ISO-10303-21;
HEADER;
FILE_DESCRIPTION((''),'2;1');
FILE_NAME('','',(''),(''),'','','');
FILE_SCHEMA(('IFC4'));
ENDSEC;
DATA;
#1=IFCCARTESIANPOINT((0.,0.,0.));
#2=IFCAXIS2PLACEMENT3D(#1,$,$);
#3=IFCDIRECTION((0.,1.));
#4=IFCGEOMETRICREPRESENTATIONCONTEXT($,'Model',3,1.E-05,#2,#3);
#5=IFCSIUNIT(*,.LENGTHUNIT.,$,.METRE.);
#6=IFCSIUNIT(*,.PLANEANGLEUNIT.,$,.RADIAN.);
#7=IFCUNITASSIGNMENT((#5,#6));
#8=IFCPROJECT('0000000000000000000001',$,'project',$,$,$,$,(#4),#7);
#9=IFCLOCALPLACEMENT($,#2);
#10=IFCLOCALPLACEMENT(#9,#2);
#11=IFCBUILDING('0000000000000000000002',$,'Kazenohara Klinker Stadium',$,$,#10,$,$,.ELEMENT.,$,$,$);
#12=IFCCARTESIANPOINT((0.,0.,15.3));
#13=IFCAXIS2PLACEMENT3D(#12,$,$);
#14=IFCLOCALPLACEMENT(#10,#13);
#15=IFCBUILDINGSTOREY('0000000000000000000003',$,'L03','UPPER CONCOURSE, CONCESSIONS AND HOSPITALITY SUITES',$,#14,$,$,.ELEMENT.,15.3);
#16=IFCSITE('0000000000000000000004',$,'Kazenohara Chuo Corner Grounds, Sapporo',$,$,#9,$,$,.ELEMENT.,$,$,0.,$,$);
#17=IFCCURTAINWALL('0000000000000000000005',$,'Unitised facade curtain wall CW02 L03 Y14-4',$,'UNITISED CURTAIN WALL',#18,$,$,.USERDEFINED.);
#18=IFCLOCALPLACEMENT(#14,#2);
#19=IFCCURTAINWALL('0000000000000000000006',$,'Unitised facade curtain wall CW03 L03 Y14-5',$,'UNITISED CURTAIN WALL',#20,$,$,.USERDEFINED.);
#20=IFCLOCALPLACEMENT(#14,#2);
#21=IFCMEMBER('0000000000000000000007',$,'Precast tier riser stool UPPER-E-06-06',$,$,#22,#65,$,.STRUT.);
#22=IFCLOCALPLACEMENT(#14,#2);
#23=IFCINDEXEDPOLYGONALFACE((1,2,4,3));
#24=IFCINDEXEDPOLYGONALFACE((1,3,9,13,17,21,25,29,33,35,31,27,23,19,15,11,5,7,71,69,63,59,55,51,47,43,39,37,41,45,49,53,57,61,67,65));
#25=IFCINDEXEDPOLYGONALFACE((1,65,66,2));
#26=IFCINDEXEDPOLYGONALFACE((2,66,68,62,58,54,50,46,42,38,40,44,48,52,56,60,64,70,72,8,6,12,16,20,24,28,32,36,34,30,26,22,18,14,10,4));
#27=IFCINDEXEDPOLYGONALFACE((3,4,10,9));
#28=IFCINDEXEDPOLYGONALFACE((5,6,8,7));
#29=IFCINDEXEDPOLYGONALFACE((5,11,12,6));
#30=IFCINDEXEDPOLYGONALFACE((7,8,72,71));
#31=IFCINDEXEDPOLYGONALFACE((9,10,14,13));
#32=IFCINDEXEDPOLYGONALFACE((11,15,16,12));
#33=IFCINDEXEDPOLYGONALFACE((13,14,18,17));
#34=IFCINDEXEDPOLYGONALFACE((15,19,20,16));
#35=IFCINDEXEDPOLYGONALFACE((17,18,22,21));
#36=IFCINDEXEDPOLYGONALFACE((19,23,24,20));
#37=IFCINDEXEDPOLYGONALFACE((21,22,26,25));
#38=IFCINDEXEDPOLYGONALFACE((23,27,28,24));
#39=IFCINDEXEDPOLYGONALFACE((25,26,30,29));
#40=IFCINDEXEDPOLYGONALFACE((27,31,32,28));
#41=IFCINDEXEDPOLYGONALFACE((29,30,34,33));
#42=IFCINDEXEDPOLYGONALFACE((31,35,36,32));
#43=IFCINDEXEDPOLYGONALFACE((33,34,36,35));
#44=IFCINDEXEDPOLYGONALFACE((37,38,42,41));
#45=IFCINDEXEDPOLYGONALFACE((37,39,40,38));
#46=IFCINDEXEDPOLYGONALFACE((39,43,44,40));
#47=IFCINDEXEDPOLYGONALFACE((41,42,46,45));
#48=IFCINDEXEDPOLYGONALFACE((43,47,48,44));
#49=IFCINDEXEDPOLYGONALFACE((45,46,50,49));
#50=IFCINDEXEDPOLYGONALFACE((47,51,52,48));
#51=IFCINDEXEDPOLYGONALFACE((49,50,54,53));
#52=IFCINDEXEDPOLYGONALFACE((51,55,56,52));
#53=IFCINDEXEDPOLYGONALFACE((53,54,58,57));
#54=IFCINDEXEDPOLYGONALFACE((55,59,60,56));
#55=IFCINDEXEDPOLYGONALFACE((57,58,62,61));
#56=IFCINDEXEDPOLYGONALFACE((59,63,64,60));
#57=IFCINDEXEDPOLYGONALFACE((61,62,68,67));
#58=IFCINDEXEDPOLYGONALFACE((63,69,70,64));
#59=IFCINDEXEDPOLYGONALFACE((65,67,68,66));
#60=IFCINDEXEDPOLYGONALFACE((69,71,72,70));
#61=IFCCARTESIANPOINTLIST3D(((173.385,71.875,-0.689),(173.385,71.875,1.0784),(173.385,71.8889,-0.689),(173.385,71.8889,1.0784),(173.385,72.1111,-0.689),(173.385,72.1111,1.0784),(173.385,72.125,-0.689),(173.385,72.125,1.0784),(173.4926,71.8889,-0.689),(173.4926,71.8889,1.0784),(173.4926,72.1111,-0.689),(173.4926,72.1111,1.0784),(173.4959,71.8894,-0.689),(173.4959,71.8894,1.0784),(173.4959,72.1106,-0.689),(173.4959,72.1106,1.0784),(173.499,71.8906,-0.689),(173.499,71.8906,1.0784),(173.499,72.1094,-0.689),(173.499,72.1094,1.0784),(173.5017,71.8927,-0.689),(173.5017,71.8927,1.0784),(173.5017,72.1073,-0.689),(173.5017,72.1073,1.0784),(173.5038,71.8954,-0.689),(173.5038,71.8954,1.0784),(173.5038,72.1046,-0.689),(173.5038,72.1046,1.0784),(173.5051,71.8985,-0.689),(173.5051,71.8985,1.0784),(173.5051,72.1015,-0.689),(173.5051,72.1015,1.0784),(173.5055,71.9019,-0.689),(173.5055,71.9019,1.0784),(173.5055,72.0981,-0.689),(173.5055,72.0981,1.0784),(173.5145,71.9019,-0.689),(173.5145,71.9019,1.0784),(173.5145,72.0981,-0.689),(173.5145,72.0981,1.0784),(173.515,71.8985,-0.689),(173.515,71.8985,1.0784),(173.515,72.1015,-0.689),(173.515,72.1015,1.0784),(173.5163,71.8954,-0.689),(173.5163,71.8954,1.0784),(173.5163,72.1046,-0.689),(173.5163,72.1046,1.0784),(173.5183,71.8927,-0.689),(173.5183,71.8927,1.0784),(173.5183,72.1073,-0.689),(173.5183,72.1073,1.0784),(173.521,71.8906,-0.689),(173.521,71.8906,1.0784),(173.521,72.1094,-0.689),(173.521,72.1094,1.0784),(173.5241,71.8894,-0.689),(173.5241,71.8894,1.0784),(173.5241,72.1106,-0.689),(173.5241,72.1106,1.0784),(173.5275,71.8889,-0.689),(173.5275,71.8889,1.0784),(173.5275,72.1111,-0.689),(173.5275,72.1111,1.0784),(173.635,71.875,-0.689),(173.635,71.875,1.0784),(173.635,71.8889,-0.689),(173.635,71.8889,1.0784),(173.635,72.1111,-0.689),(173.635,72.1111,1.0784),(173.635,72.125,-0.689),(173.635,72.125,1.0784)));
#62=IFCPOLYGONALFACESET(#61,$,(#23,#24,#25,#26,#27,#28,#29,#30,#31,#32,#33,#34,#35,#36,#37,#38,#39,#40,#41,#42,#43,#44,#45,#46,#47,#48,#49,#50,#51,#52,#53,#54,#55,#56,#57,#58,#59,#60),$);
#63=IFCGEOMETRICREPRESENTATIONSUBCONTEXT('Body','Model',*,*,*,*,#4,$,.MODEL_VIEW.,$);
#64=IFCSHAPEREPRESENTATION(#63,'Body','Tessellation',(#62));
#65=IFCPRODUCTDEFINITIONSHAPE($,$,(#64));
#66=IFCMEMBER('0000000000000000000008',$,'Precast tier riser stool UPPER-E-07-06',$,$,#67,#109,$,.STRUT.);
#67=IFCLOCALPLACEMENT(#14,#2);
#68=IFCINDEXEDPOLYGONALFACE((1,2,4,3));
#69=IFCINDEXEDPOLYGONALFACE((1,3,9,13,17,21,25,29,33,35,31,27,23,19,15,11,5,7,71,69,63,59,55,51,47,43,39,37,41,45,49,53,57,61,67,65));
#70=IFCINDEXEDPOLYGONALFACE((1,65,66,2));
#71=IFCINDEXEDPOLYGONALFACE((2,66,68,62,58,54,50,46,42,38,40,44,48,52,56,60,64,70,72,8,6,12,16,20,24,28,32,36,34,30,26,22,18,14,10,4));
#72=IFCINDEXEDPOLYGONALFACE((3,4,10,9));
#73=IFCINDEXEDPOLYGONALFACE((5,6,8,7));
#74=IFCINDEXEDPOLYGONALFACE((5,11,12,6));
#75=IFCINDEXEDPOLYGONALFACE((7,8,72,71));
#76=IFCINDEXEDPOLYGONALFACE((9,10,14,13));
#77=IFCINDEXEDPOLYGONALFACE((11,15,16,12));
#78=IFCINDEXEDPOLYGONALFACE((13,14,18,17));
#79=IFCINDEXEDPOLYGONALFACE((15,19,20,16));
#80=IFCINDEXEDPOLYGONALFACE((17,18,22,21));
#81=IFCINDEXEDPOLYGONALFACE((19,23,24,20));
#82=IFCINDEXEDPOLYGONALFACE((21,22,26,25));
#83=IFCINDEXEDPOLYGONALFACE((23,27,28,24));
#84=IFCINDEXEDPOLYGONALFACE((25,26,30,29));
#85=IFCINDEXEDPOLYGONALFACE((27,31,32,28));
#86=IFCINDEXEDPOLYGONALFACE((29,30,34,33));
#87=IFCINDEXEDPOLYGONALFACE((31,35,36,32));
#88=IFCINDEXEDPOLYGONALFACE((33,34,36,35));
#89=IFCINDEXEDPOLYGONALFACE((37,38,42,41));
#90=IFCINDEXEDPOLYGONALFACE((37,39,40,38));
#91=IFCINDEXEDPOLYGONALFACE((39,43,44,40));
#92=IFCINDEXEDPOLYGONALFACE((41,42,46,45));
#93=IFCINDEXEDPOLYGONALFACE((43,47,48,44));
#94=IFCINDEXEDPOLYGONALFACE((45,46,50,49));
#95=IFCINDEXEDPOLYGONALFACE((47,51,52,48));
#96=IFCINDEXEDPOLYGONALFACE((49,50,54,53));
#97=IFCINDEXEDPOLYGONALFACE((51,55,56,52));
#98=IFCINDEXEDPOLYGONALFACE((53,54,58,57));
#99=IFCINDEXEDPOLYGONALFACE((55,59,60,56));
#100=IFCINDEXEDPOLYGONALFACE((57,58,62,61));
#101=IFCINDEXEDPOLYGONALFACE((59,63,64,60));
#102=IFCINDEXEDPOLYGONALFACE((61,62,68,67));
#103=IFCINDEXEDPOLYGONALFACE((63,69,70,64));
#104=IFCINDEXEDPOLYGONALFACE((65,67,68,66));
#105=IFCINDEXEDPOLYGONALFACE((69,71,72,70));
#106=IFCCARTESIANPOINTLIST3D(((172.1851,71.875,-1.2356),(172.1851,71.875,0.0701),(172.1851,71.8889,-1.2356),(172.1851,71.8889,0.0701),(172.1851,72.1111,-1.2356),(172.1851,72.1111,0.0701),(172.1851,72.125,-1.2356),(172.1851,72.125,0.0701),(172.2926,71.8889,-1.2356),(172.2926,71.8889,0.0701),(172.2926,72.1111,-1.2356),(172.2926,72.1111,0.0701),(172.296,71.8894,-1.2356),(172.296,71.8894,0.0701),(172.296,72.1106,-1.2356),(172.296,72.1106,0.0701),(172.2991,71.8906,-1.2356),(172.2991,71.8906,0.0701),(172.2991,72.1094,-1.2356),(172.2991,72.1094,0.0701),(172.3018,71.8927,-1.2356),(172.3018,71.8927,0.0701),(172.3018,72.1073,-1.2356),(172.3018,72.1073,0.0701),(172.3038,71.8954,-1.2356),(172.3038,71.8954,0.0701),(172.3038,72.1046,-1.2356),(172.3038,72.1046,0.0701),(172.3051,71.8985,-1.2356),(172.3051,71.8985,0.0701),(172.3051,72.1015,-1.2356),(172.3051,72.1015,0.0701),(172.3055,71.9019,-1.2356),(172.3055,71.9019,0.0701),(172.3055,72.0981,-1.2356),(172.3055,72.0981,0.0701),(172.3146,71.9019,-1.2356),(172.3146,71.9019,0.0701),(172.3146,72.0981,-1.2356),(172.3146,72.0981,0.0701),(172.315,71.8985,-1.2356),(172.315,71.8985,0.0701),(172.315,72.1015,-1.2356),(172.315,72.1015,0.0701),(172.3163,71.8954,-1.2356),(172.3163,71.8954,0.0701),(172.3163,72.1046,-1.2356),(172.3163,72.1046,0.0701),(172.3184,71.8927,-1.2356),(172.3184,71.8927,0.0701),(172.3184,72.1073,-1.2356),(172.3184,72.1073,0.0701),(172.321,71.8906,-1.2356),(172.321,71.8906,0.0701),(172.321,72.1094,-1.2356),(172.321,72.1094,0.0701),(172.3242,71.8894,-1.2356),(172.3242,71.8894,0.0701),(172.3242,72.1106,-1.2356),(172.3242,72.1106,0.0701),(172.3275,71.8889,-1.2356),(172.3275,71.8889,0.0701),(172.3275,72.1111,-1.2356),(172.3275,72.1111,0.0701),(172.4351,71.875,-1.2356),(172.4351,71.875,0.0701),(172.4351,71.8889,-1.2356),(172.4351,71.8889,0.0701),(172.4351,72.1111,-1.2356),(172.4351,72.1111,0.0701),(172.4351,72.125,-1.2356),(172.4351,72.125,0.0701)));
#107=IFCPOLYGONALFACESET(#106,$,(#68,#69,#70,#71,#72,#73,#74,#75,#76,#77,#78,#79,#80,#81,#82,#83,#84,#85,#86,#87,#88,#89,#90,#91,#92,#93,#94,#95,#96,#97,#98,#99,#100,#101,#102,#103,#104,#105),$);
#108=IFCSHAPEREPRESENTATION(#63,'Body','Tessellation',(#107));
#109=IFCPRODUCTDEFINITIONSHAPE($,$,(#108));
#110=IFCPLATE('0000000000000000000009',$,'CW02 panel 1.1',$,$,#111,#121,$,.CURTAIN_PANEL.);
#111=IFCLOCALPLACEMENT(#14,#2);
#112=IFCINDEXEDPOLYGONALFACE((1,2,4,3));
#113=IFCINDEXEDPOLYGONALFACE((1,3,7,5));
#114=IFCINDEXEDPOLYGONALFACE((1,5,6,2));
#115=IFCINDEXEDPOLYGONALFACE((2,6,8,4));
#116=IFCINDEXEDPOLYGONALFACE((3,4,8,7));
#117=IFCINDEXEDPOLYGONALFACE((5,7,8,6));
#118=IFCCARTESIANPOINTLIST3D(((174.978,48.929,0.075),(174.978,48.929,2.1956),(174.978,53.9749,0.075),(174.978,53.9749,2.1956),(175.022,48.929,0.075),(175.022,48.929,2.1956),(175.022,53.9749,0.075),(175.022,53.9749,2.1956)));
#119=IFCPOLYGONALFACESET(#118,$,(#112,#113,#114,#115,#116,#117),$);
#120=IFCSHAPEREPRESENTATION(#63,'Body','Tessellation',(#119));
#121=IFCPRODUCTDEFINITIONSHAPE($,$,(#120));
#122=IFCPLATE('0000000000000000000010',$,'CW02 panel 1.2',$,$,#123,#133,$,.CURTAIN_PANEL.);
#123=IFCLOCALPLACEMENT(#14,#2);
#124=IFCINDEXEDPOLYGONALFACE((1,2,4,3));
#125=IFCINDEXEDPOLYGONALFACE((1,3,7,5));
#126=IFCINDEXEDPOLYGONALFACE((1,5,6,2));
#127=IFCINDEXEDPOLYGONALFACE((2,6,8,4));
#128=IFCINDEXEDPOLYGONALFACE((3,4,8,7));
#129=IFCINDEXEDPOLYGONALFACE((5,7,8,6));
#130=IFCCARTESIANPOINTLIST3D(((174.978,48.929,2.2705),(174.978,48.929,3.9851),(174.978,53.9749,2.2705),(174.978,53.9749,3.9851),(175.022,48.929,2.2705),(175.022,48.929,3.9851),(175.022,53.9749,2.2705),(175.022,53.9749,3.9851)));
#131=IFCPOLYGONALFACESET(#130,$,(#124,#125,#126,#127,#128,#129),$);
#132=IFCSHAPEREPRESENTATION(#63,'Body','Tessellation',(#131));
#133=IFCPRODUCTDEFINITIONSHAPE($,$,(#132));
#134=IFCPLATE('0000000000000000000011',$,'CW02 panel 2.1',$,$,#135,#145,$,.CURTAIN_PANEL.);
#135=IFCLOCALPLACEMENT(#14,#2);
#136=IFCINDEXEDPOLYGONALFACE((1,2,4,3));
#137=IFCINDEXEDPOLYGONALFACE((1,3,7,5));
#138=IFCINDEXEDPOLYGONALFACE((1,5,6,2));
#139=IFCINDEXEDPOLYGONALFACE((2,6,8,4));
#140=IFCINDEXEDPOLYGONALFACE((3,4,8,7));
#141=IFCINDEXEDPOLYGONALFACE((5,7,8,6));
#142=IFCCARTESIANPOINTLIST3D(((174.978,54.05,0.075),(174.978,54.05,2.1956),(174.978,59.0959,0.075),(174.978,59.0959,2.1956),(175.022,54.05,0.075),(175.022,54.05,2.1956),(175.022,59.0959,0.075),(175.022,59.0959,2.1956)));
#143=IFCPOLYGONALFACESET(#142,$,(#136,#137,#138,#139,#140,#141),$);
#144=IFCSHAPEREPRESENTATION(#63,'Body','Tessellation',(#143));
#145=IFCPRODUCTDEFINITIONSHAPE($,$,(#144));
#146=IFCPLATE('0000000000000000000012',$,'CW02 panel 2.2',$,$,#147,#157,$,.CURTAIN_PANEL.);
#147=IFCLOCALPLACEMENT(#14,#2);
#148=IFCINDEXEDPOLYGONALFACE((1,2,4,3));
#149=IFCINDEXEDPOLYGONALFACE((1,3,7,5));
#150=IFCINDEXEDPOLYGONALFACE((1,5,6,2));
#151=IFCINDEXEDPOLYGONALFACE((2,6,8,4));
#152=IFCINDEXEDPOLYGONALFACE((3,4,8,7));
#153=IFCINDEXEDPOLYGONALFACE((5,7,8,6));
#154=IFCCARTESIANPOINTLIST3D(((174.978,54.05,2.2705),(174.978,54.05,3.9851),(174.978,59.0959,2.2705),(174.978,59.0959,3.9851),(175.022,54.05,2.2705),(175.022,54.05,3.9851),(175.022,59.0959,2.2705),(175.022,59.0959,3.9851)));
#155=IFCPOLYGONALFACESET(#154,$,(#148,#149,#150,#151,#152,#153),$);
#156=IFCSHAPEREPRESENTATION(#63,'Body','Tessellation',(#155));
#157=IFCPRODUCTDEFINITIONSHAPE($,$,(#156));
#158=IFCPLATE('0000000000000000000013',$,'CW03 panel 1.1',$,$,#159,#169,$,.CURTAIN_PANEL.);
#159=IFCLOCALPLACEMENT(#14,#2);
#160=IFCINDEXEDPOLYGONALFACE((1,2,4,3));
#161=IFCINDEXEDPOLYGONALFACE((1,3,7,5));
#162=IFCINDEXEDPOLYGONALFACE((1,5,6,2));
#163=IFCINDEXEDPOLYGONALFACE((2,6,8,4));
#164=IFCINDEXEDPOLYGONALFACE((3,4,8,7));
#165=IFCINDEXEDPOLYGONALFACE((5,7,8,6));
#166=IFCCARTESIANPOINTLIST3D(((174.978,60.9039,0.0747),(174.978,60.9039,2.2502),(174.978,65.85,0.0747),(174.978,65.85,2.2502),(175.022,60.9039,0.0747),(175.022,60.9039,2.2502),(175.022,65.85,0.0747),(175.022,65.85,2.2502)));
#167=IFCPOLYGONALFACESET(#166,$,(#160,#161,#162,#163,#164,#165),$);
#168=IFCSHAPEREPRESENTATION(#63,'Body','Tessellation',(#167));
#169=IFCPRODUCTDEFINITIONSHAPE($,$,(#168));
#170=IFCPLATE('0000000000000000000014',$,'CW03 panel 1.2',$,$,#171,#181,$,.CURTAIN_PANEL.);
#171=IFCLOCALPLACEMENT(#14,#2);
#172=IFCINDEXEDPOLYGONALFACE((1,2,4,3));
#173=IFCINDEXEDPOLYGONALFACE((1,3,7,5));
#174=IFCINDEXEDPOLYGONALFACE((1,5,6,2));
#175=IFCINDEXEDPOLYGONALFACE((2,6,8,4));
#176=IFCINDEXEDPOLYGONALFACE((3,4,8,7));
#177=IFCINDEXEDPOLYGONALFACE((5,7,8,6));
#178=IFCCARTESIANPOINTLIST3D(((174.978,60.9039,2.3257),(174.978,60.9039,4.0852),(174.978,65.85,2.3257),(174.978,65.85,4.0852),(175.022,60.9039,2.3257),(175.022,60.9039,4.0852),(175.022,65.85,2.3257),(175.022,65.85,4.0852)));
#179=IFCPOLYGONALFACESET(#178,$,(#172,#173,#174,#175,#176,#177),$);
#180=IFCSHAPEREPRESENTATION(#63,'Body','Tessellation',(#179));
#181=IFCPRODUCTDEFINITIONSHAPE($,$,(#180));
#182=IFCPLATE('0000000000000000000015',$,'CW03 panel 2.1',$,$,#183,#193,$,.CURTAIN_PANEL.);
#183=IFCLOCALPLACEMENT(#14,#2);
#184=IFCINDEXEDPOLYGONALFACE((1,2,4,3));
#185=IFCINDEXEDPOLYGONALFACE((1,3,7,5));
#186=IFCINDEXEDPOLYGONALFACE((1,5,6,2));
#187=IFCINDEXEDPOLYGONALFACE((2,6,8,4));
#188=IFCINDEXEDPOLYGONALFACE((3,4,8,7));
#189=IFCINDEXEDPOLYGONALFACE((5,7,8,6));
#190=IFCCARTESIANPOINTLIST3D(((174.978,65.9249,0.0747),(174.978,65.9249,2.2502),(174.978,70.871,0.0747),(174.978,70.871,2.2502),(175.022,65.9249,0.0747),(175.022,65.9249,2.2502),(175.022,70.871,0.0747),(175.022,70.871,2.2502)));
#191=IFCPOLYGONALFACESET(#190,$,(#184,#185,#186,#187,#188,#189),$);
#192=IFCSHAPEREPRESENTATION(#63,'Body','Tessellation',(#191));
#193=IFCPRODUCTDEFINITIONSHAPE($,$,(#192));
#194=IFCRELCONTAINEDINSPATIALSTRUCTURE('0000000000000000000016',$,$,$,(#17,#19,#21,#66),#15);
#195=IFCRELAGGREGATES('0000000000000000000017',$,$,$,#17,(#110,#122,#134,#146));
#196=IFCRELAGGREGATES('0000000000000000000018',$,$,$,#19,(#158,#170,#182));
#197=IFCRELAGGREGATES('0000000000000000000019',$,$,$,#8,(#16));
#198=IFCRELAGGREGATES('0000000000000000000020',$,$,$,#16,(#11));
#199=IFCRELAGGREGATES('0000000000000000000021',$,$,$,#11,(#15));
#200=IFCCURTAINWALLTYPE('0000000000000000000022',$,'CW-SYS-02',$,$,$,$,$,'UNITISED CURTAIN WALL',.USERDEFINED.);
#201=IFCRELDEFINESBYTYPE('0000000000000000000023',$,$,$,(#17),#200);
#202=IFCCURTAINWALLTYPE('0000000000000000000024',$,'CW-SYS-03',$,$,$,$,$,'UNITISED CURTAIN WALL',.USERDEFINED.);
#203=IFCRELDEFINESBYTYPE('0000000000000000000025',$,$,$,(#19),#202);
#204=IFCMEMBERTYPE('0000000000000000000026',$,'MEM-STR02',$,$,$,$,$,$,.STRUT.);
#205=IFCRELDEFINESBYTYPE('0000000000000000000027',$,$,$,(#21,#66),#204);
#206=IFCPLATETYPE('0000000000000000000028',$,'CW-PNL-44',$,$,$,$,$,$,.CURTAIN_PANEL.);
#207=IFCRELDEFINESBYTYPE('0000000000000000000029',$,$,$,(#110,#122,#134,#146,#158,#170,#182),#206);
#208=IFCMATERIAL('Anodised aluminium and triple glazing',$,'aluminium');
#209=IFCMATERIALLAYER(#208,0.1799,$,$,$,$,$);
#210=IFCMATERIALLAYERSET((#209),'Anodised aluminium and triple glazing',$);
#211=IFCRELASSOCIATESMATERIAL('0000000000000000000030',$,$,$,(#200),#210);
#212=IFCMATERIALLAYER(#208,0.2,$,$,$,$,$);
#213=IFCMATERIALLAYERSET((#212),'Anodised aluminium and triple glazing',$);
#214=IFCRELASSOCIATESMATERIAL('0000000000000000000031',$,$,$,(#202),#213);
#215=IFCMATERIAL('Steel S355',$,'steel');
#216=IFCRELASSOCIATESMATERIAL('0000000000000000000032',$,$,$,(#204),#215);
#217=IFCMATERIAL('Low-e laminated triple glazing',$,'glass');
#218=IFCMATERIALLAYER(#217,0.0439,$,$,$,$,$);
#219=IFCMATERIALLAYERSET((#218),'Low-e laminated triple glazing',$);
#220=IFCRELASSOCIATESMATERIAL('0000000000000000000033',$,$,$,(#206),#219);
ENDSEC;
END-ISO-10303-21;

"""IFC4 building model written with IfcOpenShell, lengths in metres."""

from ifc_helpers import new_model, si_unit, direction, frame, origin, origin_2d, place, context, subcontext, project, spatial, rectangle, i_section, extrude, material, layer, layer_set, material_profile, profile_set, type_object, element, aggregate, save


model = new_model("IFC4")

# Units and contexts
model_context = context("Model", 3, precision=1e-05, world=origin(), true_north=direction((0.0, 1.0)))
body_context = subcontext(model_context, "Body", "Model", "MODEL_VIEW")
ifc_project = project(units=[si_unit("LENGTHUNIT", "METRE"), si_unit("PLANEANGLEUNIT", "RADIAN")], contexts=[model_context])

# Site, building, storey
site_placement = place(None, origin())
site = spatial("IfcSite", under=ifc_project, at=site_placement, Name="Kazenohara Chuo Corner Grounds, Sapporo", CompositionType="ELEMENT", RefElevation=0.0)
building_placement = place(site_placement, origin())
building = spatial("IfcBuilding", under=site, at=building_placement, Name="Kazenohara Klinker Stadium", CompositionType="ELEMENT")
storey_placement = place(building_placement, frame((0.0, 0.0, 15.3)))
storey = spatial("IfcBuildingStorey", under=building, at=storey_placement, Name="L03", Description="UPPER CONCOURSE, CONCESSIONS AND HOSPITALITY SUITES", CompositionType="ELEMENT", Elevation=15.3)

# Shared definitions
ifc_material_1 = material(Name="Steel S355", Category="steel")

# Curtain walls
ifc_material_2 = material(Name="Anodised aluminium and triple glazing", Category="aluminium")
ifc_layer_1 = layer(ifc_material_2, 0.1799)
ifc_layer_set_1 = layer_set([ifc_layer_1], Name="Anodised aluminium and triple glazing")
curtain_wall_type_1 = type_object("IfcCurtainWallType", Name="CW-SYS-02", ElementType="UNITISED CURTAIN WALL", PredefinedType="USERDEFINED", material=ifc_layer_set_1)
curtain_wall_1_placement = place(storey_placement, origin())
curtain_wall_1 = element("IfcCurtainWall", 1, at=curtain_wall_1_placement, inside=storey, type_object=curtain_wall_type_1, Name="Unitised facade curtain wall CW02 L03 Y14-4", ObjectType="UNITISED CURTAIN WALL", PredefinedType="USERDEFINED")
ifc_layer_2 = layer(ifc_material_2, 0.2)
ifc_layer_set_2 = layer_set([ifc_layer_2], Name="Anodised aluminium and triple glazing")
curtain_wall_type_2 = type_object("IfcCurtainWallType", Name="CW-SYS-03", ElementType="UNITISED CURTAIN WALL", PredefinedType="USERDEFINED", material=ifc_layer_set_2)
curtain_wall_2_placement = place(storey_placement, origin())
curtain_wall_2 = element("IfcCurtainWall", 2, at=curtain_wall_2_placement, inside=storey, type_object=curtain_wall_type_2, Name="Unitised facade curtain wall CW03 L03 Y14-5", ObjectType="UNITISED CURTAIN WALL", PredefinedType="USERDEFINED")

# Members
ifc_material_profile_1 = material_profile(ifc_material_1, i_section(OverallWidth=0.25, OverallDepth=0.25, WebThickness=0.009, FlangeThickness=0.0139, FilletRadius=0.0129, at=origin_2d()), Name="H-250x250x9x14")
ifc_profile_set_1 = profile_set([ifc_material_profile_1], Name="Steel S355")
member_type_1 = type_object("IfcMemberType", Name="MEM-STR02", PredefinedType="STRUT", material=ifc_profile_set_1)
member_1_placement = place(storey_placement, frame((173.51, 72.0, -0.689), z_axis=(0.0, 0.0, 1.0), x_axis=(1.0, 0.0, 0.0)))
element("IfcMember", 3, at=member_1_placement, inside=storey, type_object=member_type_1, Name="Precast tier riser stool UPPER-E-06-06", PredefinedType="STRUT", context=body_context, shape_type="SweptSolid", body=[
    extrude(i_section(OverallWidth=0.25, OverallDepth=0.25, WebThickness=0.009, FlangeThickness=0.0139, FilletRadius=0.0129, at=origin_2d()), origin(), (0.0, 0.0, 1.0), 1.7673),
])
member_2_placement = place(storey_placement, frame((172.3101, 72.0, -1.2356), z_axis=(0.0, 0.0, 1.0), x_axis=(1.0, 0.0, 0.0)))
element("IfcMember", 4, at=member_2_placement, inside=storey, type_object=member_type_1, Name="Precast tier riser stool UPPER-E-07-06", PredefinedType="STRUT", context=body_context, shape_type="SweptSolid", body=[
    extrude(i_section(OverallWidth=0.25, OverallDepth=0.25, WebThickness=0.009, FlangeThickness=0.0139, FilletRadius=0.0129, at=origin_2d()), origin(), (0.0, 0.0, 1.0), 1.3057),
])

# Plates
ifc_material_3 = material(Name="Low-e laminated triple glazing", Category="glass")
ifc_layer_3 = layer(ifc_material_3, 0.0439)
ifc_layer_set_3 = layer_set([ifc_layer_3], Name="Low-e laminated triple glazing")
plate_type_1 = type_object("IfcPlateType", Name="CW-PNL-44", PredefinedType="CURTAIN_PANEL", material=ifc_layer_set_3)
plate_1_placement = place(storey_placement, frame((175.0, 51.4519, 0.075), z_axis=(0.0, 0.0, 1.0), x_axis=(0.0, 1.0, 0.0)))
plate_1 = element("IfcPlate", 5, at=plate_1_placement, type_object=plate_type_1, Name="CW02 panel 1.1", PredefinedType="CURTAIN_PANEL", context=body_context, shape_type="SweptSolid", body=[
    extrude(rectangle(XDim=5.0459, YDim=0.0439, at=origin_2d()), origin(), (0.0, 0.0, 1.0), 2.1206),
])
plate_2_placement = place(storey_placement, frame((175.0, 51.4519, 2.2705), z_axis=(0.0, 0.0, 1.0), x_axis=(0.0, 1.0, 0.0)))
plate_2 = element("IfcPlate", 6, at=plate_2_placement, type_object=plate_type_1, Name="CW02 panel 1.2", PredefinedType="CURTAIN_PANEL", context=body_context, shape_type="SweptSolid", body=[
    extrude(rectangle(XDim=5.0459, YDim=0.0439, at=origin_2d()), origin(), (0.0, 0.0, 1.0), 1.7146),
])
plate_3_placement = place(storey_placement, frame((175.0, 56.573, 0.075), z_axis=(0.0, 0.0, 1.0), x_axis=(0.0, 1.0, 0.0)))
plate_3 = element("IfcPlate", 7, at=plate_3_placement, type_object=plate_type_1, Name="CW02 panel 2.1", PredefinedType="CURTAIN_PANEL", context=body_context, shape_type="SweptSolid", body=[
    extrude(rectangle(XDim=5.0459, YDim=0.0439, at=origin_2d()), origin(), (0.0, 0.0, 1.0), 2.1206),
])
plate_4_placement = place(storey_placement, frame((175.0, 56.573, 2.2705), z_axis=(0.0, 0.0, 1.0), x_axis=(0.0, 1.0, 0.0)))
plate_4 = element("IfcPlate", 8, at=plate_4_placement, type_object=plate_type_1, Name="CW02 panel 2.2", PredefinedType="CURTAIN_PANEL", context=body_context, shape_type="SweptSolid", body=[
    extrude(rectangle(XDim=5.0459, YDim=0.0439, at=origin_2d()), origin(), (0.0, 0.0, 1.0), 1.7146),
])
aggregate(curtain_wall_1, [plate_1, plate_2, plate_3, plate_4])
plate_5_placement = place(storey_placement, frame((175.0, 63.377, 0.0747), z_axis=(0.0, 0.0, 1.0), x_axis=(0.0, 1.0, 0.0)))
plate_5 = element("IfcPlate", 9, at=plate_5_placement, type_object=plate_type_1, Name="CW03 panel 1.1", PredefinedType="CURTAIN_PANEL", context=body_context, shape_type="SweptSolid", body=[
    extrude(rectangle(XDim=4.946, YDim=0.0439, at=origin_2d()), origin(), (0.0, 0.0, 1.0), 2.1755),
])
plate_6_placement = place(storey_placement, frame((175.0, 63.377, 2.3257), z_axis=(0.0, 0.0, 1.0), x_axis=(0.0, 1.0, 0.0)))
plate_6 = element("IfcPlate", 10, at=plate_6_placement, type_object=plate_type_1, Name="CW03 panel 1.2", PredefinedType="CURTAIN_PANEL", context=body_context, shape_type="SweptSolid", body=[
    extrude(rectangle(XDim=4.946, YDim=0.0439, at=origin_2d()), origin(), (0.0, 0.0, 1.0), 1.7595),
])
plate_7_placement = place(storey_placement, frame((175.0, 68.3979, 0.0747), z_axis=(0.0, 0.0, 1.0), x_axis=(0.0, 1.0, 0.0)))
plate_7 = element("IfcPlate", 11, at=plate_7_placement, type_object=plate_type_1, Name="CW03 panel 2.1", PredefinedType="CURTAIN_PANEL", context=body_context, shape_type="SweptSolid", body=[
    extrude(rectangle(XDim=4.946, YDim=0.0439, at=origin_2d()), origin(), (0.0, 0.0, 1.0), 2.1755),
])
aggregate(curtain_wall_2, [plate_5, plate_6, plate_7])

save(model, "model.ifc")
